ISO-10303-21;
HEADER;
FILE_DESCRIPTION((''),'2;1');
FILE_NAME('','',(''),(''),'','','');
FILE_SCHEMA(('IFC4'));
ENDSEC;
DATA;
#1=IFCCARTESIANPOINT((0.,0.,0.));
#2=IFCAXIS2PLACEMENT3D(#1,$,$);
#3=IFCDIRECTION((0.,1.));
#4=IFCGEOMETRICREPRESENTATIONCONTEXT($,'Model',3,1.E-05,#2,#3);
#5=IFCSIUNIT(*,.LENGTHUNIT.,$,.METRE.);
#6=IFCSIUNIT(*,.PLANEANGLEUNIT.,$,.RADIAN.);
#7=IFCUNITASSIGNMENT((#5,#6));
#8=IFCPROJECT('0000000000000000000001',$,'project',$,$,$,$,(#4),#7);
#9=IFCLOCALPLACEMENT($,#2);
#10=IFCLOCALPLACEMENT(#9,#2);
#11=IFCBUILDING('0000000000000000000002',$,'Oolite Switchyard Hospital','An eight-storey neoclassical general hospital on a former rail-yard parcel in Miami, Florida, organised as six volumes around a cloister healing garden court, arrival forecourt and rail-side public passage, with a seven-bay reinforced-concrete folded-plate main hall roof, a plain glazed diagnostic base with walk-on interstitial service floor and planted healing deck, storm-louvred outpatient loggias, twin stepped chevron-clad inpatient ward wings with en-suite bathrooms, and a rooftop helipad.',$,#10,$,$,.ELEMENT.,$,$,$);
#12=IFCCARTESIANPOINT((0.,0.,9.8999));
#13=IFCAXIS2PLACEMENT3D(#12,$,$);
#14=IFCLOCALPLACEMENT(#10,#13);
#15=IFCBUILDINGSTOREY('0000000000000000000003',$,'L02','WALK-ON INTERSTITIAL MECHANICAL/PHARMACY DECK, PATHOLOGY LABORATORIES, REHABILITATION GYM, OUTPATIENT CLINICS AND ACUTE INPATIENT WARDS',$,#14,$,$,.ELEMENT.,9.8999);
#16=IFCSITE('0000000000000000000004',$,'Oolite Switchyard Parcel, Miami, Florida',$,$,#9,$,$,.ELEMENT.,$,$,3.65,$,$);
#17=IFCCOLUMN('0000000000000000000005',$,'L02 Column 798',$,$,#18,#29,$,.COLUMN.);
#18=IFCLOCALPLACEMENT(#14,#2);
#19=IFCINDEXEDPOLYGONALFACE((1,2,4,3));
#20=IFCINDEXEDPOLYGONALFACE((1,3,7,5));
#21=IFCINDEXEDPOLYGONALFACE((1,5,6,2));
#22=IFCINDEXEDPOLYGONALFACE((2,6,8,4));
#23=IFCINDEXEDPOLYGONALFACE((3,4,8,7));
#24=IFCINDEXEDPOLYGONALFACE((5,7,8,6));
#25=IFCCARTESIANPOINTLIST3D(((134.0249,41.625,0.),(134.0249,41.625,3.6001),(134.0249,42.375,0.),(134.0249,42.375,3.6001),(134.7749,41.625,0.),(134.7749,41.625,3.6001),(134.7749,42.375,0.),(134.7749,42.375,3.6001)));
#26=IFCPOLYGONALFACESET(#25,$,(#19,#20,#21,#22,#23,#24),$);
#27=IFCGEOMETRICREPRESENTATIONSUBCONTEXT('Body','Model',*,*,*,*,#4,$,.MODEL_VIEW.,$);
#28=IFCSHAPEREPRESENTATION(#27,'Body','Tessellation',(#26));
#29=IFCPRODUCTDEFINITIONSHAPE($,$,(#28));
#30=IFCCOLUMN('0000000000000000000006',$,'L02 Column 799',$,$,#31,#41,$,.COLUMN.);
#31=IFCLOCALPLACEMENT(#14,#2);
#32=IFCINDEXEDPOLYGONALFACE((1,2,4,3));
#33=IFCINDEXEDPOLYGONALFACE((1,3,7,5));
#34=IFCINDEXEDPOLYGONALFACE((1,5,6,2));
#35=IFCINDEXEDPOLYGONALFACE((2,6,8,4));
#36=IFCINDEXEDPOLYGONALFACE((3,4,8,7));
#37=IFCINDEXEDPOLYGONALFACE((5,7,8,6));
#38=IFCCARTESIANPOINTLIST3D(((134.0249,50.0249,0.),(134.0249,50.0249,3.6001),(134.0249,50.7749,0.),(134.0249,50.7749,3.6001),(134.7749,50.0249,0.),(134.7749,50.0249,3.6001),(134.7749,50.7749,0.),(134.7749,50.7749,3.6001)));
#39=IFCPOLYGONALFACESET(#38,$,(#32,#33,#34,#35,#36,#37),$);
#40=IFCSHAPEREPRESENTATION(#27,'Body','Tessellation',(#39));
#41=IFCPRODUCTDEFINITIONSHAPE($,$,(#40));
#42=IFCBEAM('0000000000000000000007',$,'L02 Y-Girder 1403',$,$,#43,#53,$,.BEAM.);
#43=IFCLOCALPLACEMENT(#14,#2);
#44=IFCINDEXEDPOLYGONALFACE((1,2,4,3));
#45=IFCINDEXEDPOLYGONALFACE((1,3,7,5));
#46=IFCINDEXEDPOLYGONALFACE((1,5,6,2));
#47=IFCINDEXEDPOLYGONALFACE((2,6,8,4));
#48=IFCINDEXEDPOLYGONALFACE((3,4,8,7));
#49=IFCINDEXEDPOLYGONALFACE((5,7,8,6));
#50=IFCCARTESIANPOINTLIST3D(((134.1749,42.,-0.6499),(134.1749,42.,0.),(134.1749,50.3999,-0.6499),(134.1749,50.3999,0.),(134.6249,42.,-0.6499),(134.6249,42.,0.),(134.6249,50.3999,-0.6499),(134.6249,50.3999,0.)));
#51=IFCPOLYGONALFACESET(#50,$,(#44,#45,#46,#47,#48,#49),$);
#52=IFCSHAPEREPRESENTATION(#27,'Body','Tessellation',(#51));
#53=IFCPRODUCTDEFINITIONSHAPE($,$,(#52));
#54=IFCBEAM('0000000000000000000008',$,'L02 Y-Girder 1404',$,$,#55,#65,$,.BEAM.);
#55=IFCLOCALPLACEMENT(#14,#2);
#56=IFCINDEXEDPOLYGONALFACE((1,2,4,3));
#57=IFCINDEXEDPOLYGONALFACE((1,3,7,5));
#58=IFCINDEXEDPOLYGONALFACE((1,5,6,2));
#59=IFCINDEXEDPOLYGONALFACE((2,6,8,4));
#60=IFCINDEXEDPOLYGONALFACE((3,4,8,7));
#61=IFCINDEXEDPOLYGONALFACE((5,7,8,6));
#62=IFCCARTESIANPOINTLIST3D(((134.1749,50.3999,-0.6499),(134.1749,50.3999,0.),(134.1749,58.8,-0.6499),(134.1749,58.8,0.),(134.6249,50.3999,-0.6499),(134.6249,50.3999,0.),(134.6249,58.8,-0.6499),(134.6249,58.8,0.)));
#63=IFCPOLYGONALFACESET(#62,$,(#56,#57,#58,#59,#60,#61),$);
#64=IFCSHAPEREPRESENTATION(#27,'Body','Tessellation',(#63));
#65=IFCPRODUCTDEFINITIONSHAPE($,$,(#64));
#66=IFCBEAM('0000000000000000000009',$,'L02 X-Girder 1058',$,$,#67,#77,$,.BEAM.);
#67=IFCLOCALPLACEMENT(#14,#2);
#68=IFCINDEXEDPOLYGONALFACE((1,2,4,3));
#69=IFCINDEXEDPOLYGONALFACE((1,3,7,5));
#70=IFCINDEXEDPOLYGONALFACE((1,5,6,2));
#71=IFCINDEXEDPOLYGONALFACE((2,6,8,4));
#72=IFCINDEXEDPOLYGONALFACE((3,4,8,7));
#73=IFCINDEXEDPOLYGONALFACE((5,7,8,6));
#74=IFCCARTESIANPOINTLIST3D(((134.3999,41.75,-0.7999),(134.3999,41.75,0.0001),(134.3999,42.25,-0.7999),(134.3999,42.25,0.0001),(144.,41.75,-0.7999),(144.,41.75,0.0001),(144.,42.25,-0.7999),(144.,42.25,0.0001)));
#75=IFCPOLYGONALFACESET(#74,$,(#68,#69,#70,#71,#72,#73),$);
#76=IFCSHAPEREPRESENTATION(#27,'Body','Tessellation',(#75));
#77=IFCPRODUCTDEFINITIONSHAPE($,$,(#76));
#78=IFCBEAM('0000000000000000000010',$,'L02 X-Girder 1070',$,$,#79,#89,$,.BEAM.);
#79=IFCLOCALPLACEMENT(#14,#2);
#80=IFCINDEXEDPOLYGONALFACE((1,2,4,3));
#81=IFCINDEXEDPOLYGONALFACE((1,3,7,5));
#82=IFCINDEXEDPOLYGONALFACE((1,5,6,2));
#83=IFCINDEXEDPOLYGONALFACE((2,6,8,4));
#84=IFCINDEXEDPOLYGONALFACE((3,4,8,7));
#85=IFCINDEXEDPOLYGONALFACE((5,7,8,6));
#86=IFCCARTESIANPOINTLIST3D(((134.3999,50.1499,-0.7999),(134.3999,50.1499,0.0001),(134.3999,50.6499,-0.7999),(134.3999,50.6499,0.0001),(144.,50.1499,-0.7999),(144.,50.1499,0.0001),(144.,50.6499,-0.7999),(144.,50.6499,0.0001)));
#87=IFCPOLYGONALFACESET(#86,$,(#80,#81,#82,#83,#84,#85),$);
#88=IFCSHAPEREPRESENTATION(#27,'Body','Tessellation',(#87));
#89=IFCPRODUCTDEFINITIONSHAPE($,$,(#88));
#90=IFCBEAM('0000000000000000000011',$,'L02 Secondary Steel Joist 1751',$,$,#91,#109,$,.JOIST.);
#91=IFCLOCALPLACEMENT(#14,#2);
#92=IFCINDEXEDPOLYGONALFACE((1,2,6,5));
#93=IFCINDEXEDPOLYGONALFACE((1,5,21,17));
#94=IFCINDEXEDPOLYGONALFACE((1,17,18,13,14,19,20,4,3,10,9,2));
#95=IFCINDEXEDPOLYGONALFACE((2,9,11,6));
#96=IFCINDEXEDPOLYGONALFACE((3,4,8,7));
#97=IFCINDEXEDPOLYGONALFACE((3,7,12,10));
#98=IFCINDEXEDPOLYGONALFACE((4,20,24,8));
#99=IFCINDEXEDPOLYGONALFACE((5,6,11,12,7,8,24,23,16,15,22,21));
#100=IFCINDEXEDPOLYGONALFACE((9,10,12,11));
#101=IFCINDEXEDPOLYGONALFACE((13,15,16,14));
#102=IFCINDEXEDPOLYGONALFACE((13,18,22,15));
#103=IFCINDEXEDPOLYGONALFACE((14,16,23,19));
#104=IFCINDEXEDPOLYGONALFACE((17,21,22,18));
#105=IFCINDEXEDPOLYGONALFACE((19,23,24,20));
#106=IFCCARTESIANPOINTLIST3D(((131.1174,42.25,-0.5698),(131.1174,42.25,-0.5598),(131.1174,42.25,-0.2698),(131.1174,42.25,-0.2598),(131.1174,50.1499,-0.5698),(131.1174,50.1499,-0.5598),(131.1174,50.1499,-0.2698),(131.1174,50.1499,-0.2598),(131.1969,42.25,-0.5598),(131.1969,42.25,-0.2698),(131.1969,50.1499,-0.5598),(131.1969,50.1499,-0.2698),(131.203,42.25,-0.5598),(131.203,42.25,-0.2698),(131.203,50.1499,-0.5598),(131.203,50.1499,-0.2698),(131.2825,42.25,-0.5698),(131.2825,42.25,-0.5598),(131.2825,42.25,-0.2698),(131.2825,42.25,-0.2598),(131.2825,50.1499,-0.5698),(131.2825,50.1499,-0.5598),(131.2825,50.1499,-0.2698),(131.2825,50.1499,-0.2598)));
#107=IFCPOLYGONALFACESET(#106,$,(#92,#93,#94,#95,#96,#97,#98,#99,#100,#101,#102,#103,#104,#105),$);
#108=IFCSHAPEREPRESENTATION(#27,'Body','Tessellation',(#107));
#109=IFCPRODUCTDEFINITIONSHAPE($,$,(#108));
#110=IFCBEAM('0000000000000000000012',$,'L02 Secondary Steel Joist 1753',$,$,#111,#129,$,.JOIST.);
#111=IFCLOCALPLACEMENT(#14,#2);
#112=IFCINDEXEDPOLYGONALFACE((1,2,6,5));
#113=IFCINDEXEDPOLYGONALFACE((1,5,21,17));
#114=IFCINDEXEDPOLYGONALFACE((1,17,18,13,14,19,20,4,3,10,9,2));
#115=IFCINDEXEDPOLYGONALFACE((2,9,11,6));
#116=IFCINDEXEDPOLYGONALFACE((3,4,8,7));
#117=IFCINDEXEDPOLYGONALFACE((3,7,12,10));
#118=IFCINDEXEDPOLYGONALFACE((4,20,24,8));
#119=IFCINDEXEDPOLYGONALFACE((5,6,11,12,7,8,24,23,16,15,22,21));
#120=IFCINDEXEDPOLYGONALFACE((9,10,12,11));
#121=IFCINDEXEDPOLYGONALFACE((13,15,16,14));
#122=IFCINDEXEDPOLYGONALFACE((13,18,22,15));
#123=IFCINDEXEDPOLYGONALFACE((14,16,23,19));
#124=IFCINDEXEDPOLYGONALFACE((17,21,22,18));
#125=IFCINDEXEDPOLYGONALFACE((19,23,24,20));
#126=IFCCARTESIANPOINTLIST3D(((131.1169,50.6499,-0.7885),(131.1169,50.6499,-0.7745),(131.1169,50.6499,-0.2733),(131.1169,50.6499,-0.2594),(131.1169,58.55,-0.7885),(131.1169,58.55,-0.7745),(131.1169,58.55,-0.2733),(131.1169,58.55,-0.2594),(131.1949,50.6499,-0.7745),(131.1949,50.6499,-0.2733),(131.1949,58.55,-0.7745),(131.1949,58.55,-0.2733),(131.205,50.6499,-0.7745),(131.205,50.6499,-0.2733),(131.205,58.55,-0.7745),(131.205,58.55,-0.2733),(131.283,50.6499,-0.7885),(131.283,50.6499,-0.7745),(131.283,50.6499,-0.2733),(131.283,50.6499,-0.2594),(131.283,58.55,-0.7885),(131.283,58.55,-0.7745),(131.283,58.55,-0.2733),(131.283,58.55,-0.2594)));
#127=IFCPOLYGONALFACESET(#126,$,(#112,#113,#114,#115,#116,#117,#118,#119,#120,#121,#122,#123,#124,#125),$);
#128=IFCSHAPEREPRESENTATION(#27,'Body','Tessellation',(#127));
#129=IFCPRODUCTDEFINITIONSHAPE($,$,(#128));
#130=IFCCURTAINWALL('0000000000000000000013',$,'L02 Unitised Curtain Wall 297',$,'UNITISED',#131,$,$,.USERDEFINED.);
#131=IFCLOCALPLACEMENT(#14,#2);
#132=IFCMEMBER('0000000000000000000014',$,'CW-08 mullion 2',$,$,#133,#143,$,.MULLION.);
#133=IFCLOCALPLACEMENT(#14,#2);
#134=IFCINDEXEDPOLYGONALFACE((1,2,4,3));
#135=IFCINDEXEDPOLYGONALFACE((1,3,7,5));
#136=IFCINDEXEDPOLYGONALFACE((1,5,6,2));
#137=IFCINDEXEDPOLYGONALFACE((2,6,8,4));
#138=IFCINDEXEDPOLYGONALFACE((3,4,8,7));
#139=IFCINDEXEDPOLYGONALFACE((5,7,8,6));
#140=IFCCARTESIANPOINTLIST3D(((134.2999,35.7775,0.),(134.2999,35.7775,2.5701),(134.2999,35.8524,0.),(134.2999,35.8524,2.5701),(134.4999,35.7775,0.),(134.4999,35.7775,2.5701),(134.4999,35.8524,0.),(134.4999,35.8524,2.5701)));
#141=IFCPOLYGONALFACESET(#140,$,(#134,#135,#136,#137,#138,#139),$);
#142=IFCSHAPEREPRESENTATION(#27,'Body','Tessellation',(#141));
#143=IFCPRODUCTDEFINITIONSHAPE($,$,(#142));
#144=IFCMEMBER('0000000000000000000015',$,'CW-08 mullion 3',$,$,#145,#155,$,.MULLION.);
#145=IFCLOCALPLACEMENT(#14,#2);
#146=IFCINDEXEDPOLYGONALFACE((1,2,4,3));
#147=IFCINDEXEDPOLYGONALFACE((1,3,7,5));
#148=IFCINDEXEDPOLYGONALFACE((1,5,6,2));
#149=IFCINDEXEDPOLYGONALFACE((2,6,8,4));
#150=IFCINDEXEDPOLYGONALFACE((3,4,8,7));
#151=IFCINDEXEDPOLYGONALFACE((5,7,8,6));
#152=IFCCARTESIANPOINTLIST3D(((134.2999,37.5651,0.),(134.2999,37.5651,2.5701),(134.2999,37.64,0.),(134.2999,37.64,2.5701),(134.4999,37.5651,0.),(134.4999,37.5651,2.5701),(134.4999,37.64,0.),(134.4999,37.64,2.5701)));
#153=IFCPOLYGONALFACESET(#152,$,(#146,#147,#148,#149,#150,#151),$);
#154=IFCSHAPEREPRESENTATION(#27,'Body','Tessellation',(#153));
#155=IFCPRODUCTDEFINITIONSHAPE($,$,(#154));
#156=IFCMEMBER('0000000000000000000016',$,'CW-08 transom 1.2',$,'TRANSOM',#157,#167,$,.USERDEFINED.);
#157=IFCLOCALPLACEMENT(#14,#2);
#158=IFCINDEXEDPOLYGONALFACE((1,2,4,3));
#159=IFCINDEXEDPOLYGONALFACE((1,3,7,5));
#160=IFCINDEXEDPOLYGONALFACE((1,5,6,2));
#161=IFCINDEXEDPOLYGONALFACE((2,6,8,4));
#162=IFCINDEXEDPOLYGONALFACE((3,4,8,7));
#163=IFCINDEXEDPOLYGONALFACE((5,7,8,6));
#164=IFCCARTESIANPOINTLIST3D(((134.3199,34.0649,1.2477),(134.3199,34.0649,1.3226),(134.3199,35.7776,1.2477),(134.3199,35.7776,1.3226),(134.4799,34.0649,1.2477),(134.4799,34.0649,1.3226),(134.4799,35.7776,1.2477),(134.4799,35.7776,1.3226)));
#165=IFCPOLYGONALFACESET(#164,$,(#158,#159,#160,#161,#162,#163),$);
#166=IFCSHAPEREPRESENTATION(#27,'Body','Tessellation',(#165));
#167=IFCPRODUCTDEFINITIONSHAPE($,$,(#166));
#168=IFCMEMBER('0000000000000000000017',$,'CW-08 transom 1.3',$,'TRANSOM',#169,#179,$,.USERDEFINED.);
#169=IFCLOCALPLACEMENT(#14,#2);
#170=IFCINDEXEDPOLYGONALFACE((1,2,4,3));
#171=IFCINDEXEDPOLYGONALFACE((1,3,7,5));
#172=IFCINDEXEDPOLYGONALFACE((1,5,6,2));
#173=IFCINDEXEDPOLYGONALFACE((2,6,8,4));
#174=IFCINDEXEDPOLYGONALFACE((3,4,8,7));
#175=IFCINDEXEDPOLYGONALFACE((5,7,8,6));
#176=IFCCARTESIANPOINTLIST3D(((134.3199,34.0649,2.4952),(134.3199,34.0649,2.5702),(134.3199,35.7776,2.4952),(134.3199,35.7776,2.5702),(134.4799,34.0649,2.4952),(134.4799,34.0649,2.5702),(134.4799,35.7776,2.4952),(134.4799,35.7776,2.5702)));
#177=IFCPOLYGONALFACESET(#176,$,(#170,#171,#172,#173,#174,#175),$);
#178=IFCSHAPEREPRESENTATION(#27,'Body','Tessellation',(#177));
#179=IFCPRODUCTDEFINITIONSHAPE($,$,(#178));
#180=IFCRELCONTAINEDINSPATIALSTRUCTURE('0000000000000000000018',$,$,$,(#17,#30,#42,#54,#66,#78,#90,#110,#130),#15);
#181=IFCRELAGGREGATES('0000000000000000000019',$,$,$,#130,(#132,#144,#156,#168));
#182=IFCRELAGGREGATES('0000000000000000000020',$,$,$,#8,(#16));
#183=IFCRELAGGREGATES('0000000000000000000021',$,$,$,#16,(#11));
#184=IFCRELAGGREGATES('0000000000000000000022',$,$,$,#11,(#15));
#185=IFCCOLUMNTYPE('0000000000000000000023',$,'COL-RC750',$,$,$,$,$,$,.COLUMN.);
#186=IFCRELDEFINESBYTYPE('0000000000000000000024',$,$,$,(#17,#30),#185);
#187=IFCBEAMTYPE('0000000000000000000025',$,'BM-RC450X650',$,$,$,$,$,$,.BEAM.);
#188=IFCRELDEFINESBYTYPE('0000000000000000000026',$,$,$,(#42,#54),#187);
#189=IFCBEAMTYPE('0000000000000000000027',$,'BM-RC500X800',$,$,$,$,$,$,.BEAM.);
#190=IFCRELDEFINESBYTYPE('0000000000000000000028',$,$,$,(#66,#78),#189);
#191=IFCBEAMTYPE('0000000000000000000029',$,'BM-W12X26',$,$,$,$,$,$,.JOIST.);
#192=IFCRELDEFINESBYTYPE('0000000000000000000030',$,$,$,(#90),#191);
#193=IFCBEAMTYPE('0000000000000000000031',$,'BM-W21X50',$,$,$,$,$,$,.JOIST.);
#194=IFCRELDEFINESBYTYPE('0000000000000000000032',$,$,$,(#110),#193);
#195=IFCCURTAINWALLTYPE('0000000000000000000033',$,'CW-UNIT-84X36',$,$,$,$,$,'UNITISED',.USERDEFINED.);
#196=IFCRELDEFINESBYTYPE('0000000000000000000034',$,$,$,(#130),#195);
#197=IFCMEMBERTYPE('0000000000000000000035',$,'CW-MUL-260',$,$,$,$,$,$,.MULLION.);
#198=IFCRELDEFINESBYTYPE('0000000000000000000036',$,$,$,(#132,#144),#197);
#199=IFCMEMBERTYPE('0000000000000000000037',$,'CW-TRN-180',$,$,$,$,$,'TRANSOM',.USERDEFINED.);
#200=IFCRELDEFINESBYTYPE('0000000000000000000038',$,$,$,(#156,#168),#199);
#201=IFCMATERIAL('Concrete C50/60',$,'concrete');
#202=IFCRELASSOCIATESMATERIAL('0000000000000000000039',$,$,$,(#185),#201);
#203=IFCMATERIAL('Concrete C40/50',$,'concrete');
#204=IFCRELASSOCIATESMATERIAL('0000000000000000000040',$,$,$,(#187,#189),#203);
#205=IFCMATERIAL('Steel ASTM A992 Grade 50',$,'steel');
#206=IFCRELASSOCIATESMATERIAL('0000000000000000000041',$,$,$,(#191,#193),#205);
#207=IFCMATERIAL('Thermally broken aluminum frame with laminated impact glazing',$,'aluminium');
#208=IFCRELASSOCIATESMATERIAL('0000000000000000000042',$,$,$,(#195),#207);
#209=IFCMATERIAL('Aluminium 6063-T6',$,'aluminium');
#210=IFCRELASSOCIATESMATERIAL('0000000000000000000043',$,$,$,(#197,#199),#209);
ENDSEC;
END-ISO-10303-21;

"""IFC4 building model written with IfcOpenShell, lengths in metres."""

from ifc_helpers import new_model, si_unit, direction, frame, origin, origin_2d, place, context, subcontext, project, spatial, rectangle, i_section, extrude, material, material_profile, profile_set, type_object, element, aggregate, save


model = new_model("IFC4")

# Units and contexts
model_context = context("Model", 3, precision=1e-05, world=origin(), true_north=direction((0.0, 1.0)))
body_context = subcontext(model_context, "Body", "Model", "MODEL_VIEW")
ifc_project = project(units=[si_unit("LENGTHUNIT", "METRE"), si_unit("PLANEANGLEUNIT", "RADIAN")], contexts=[model_context])

# Site, building, storey
site_placement = place(None, origin())
site = spatial("IfcSite", under=ifc_project, at=site_placement, Name="Oolite Switchyard Parcel, Miami, Florida", CompositionType="ELEMENT", RefElevation=3.65)
building_placement = place(site_placement, origin())
building = spatial("IfcBuilding", under=site, at=building_placement, Name="Oolite Switchyard Hospital", Description="An eight-storey neoclassical general hospital on a former rail-yard parcel in Miami, Florida, organised as six volumes around a cloister healing garden court, arrival forecourt and rail-side public passage, with a seven-bay reinforced-concrete folded-plate main hall roof, a plain glazed diagnostic base with walk-on interstitial service floor and planted healing deck, storm-louvred outpatient loggias, twin stepped chevron-clad inpatient ward wings with en-suite bathrooms, and a rooftop helipad.", CompositionType="ELEMENT")
storey_placement = place(building_placement, frame((0.0, 0.0, 9.8999)))
storey = spatial("IfcBuildingStorey", under=building, at=storey_placement, Name="L02", Description="WALK-ON INTERSTITIAL MECHANICAL/PHARMACY DECK, PATHOLOGY LABORATORIES, REHABILITATION GYM, OUTPATIENT CLINICS AND ACUTE INPATIENT WARDS", CompositionType="ELEMENT", Elevation=9.8999)

# Columns
ifc_material_1 = material(Name="Concrete C50/60", Category="concrete")
ifc_material_profile_1 = material_profile(ifc_material_1, rectangle(XDim=0.75, YDim=0.75, at=origin_2d()), Name="RC750X750")
ifc_profile_set_1 = profile_set([ifc_material_profile_1], Name="Concrete C50/60")
column_type = type_object("IfcColumnType", Name="COL-RC750", PredefinedType="COLUMN", material=ifc_profile_set_1)
for number, where, z_axis, x_axis, name in (
    (1, (134.3999, 42.0, 0.0), (0.0, 0.0, 1.0), (1.0, 0.0, 0.0), "L02 Column 798"),
    (2, (134.3999, 50.3999, 0.0), (0.0, 0.0, 1.0), (1.0, 0.0, 0.0), "L02 Column 799"),
):
    element("IfcColumn", number, at=place(storey_placement, frame(where, z_axis=z_axis, x_axis=x_axis)), inside=storey, type_object=column_type, Name=name, PredefinedType="COLUMN", context=body_context, shape_type="SweptSolid", body=[
        extrude(rectangle(XDim=0.75, YDim=0.75, at=origin_2d()), origin(), (0.0, 0.0, 1.0), 3.6001),
    ])

# Beams
ifc_material_2 = material(Name="Concrete C40/50", Category="concrete")
ifc_material_profile_2 = material_profile(ifc_material_2, rectangle(XDim=0.45, YDim=0.6499, at=origin_2d()), Name="RCB450X650")
ifc_profile_set_2 = profile_set([ifc_material_profile_2], Name="Concrete C40/50")
beam_type_1 = type_object("IfcBeamType", Name="BM-RC450X650", PredefinedType="BEAM", material=ifc_profile_set_2)
beam_1_placement = place(storey_placement, frame((134.3999, 42.0, -0.325), z_axis=(0.0, 1.0, 0.0), x_axis=(-1.0, 0.0, 0.0)))
element("IfcBeam", 3, at=beam_1_placement, inside=storey, type_object=beam_type_1, Name="L02 Y-Girder 1403", PredefinedType="BEAM", context=body_context, shape_type="SweptSolid", body=[
    extrude(rectangle(XDim=0.45, YDim=0.6499, at=origin_2d()), origin(), (0.0, 0.0, 1.0), 8.3999),
])
beam_2_placement = place(storey_placement, frame((134.3999, 50.3999, -0.325), z_axis=(0.0, 1.0, 0.0), x_axis=(-1.0, 0.0, 0.0)))
element("IfcBeam", 4, at=beam_2_placement, inside=storey, type_object=beam_type_1, Name="L02 Y-Girder 1404", PredefinedType="BEAM", context=body_context, shape_type="SweptSolid", body=[
    extrude(rectangle(XDim=0.45, YDim=0.6499, at=origin_2d()), origin(), (0.0, 0.0, 1.0), 8.4001),
])
ifc_material_profile_3 = material_profile(ifc_material_2, rectangle(XDim=0.5, YDim=0.8, at=origin_2d()), Name="RCB500X800")
ifc_profile_set_3 = profile_set([ifc_material_profile_3], Name="Concrete C40/50")
beam_type_2 = type_object("IfcBeamType", Name="BM-RC500X800", PredefinedType="BEAM", material=ifc_profile_set_3)
for number, where, z_axis, x_axis, name in (
    (5, (134.3999, 42.0, -0.3999), (1.0, 0.0, 0.0), (0.0, 1.0, 0.0), "L02 X-Girder 1058"),
    (6, (134.3999, 50.3999, -0.3999), (1.0, 0.0, 0.0), (0.0, 1.0, 0.0), "L02 X-Girder 1070"),
):
    element("IfcBeam", number, at=place(storey_placement, frame(where, z_axis=z_axis, x_axis=x_axis)), inside=storey, type_object=beam_type_2, Name=name, PredefinedType="BEAM", context=body_context, shape_type="SweptSolid", body=[
        extrude(rectangle(XDim=0.5, YDim=0.8, at=origin_2d()), origin(), (0.0, 0.0, 1.0), 9.6001),
    ])
ifc_material_3 = material(Name="Steel ASTM A992 Grade 50", Category="steel")
ifc_material_profile_4 = material_profile(ifc_material_3, i_section(OverallWidth=0.165, OverallDepth=0.3101, WebThickness=0.0061, FlangeThickness=0.01, at=origin_2d()), Name="W12X26")
ifc_profile_set_4 = profile_set([ifc_material_profile_4], Name="Steel ASTM A992 Grade 50")
beam_type_3 = type_object("IfcBeamType", Name="BM-W12X26", PredefinedType="JOIST", material=ifc_profile_set_4)
beam_3_placement = place(storey_placement, frame((131.2, 42.25, -0.4148), z_axis=(0.0, 1.0, 0.0), x_axis=(-1.0, 0.0, 0.0)))
element("IfcBeam", 7, at=beam_3_placement, inside=storey, type_object=beam_type_3, Name="L02 Secondary Steel Joist 1751", PredefinedType="JOIST", context=body_context, shape_type="SweptSolid", body=[
    extrude(i_section(OverallWidth=0.165, OverallDepth=0.3101, WebThickness=0.0061, FlangeThickness=0.01, at=origin_2d()), origin(), (0.0, 0.0, 1.0), 7.8999),
])
ifc_material_profile_5 = material_profile(ifc_material_3, i_section(OverallWidth=0.166, OverallDepth=0.5291, WebThickness=0.01, FlangeThickness=0.0139, at=origin_2d()), Name="W21X50")
ifc_profile_set_5 = profile_set([ifc_material_profile_5], Name="Steel ASTM A992 Grade 50")
beam_type_4 = type_object("IfcBeamType", Name="BM-W21X50", PredefinedType="JOIST", material=ifc_profile_set_5)
beam_4_placement = place(storey_placement, frame((131.2, 50.6499, -0.5239), z_axis=(0.0, 1.0, 0.0), x_axis=(-1.0, 0.0, 0.0)))
element("IfcBeam", 8, at=beam_4_placement, inside=storey, type_object=beam_type_4, Name="L02 Secondary Steel Joist 1753", PredefinedType="JOIST", context=body_context, shape_type="SweptSolid", body=[
    extrude(i_section(OverallWidth=0.166, OverallDepth=0.5291, WebThickness=0.01, FlangeThickness=0.0139, at=origin_2d()), origin(), (0.0, 0.0, 1.0), 7.9001),
])

# Curtain wall, members
ifc_material_4 = material(Name="Thermally broken aluminum frame with laminated impact glazing", Category="aluminium")
curtain_wall_type = type_object("IfcCurtainWallType", Name="CW-UNIT-84X36", ElementType="UNITISED", PredefinedType="USERDEFINED", material=ifc_material_4)
curtain_wall_placement = place(storey_placement, origin())
curtain_wall = element("IfcCurtainWall", 9, at=curtain_wall_placement, inside=storey, type_object=curtain_wall_type, Name="L02 Unitised Curtain Wall 297", ObjectType="UNITISED", PredefinedType="USERDEFINED")
ifc_material_5 = material(Name="Aluminium 6063-T6", Category="aluminium")
ifc_material_profile_6 = material_profile(ifc_material_5, rectangle(XDim=0.2, YDim=0.075, at=origin_2d()), Name="CWM75X200")
ifc_profile_set_6 = profile_set([ifc_material_profile_6], Name="Aluminium 6063-T6")
member_type_1 = type_object("IfcMemberType", Name="CW-MUL-260", PredefinedType="MULLION", material=ifc_profile_set_6)
member_1_placement = place(storey_placement, frame((134.3999, 35.8149, 0.0), z_axis=(0.0, 0.0, 1.0), x_axis=(-1.0, 0.0, 0.0)))
member_1 = element("IfcMember", 10, at=member_1_placement, type_object=member_type_1, Name="CW-08 mullion 2", PredefinedType="MULLION", context=body_context, shape_type="SweptSolid", body=[
    extrude(rectangle(XDim=0.2, YDim=0.075, at=origin_2d()), origin(), (0.0, 0.0, 1.0), 2.5701),
])
member_2_placement = place(storey_placement, frame((134.3999, 37.6025, 0.0), z_axis=(0.0, 0.0, 1.0), x_axis=(-1.0, 0.0, 0.0)))
member_2 = element("IfcMember", 11, at=member_2_placement, type_object=member_type_1, Name="CW-08 mullion 3", PredefinedType="MULLION", context=body_context, shape_type="SweptSolid", body=[
    extrude(rectangle(XDim=0.2, YDim=0.075, at=origin_2d()), origin(), (0.0, 0.0, 1.0), 2.5701),
])
ifc_material_profile_7 = material_profile(ifc_material_5, rectangle(XDim=0.1599, YDim=0.075, at=origin_2d()), Name="CWT75X160")
ifc_profile_set_7 = profile_set([ifc_material_profile_7], Name="Aluminium 6063-T6")
member_type_2 = type_object("IfcMemberType", Name="CW-TRN-180", ElementType="TRANSOM", PredefinedType="USERDEFINED", material=ifc_profile_set_7)
member_3_placement = place(storey_placement, frame((134.3999, 34.0649, 1.2852), z_axis=(0.0, 1.0, 0.0), x_axis=(-1.0, 0.0, 0.0)))
member_3 = element("IfcMember", 12, at=member_3_placement, type_object=member_type_2, Name="CW-08 transom 1.2", ObjectType="TRANSOM", PredefinedType="USERDEFINED", context=body_context, shape_type="SweptSolid", body=[
    extrude(rectangle(XDim=0.1599, YDim=0.075, at=origin_2d()), origin(), (0.0, 0.0, 1.0), 1.7126),
])
member_4_placement = place(storey_placement, frame((134.3999, 34.0649, 2.5327), z_axis=(0.0, 1.0, 0.0), x_axis=(-1.0, 0.0, 0.0)))
member_4 = element("IfcMember", 13, at=member_4_placement, type_object=member_type_2, Name="CW-08 transom 1.3", ObjectType="TRANSOM", PredefinedType="USERDEFINED", context=body_context, shape_type="SweptSolid", body=[
    extrude(rectangle(XDim=0.1599, YDim=0.075, at=origin_2d()), origin(), (0.0, 0.0, 1.0), 1.7126),
])
aggregate(curtain_wall, [member_1, member_2, member_3, member_4])

save(model, "model.ifc")
